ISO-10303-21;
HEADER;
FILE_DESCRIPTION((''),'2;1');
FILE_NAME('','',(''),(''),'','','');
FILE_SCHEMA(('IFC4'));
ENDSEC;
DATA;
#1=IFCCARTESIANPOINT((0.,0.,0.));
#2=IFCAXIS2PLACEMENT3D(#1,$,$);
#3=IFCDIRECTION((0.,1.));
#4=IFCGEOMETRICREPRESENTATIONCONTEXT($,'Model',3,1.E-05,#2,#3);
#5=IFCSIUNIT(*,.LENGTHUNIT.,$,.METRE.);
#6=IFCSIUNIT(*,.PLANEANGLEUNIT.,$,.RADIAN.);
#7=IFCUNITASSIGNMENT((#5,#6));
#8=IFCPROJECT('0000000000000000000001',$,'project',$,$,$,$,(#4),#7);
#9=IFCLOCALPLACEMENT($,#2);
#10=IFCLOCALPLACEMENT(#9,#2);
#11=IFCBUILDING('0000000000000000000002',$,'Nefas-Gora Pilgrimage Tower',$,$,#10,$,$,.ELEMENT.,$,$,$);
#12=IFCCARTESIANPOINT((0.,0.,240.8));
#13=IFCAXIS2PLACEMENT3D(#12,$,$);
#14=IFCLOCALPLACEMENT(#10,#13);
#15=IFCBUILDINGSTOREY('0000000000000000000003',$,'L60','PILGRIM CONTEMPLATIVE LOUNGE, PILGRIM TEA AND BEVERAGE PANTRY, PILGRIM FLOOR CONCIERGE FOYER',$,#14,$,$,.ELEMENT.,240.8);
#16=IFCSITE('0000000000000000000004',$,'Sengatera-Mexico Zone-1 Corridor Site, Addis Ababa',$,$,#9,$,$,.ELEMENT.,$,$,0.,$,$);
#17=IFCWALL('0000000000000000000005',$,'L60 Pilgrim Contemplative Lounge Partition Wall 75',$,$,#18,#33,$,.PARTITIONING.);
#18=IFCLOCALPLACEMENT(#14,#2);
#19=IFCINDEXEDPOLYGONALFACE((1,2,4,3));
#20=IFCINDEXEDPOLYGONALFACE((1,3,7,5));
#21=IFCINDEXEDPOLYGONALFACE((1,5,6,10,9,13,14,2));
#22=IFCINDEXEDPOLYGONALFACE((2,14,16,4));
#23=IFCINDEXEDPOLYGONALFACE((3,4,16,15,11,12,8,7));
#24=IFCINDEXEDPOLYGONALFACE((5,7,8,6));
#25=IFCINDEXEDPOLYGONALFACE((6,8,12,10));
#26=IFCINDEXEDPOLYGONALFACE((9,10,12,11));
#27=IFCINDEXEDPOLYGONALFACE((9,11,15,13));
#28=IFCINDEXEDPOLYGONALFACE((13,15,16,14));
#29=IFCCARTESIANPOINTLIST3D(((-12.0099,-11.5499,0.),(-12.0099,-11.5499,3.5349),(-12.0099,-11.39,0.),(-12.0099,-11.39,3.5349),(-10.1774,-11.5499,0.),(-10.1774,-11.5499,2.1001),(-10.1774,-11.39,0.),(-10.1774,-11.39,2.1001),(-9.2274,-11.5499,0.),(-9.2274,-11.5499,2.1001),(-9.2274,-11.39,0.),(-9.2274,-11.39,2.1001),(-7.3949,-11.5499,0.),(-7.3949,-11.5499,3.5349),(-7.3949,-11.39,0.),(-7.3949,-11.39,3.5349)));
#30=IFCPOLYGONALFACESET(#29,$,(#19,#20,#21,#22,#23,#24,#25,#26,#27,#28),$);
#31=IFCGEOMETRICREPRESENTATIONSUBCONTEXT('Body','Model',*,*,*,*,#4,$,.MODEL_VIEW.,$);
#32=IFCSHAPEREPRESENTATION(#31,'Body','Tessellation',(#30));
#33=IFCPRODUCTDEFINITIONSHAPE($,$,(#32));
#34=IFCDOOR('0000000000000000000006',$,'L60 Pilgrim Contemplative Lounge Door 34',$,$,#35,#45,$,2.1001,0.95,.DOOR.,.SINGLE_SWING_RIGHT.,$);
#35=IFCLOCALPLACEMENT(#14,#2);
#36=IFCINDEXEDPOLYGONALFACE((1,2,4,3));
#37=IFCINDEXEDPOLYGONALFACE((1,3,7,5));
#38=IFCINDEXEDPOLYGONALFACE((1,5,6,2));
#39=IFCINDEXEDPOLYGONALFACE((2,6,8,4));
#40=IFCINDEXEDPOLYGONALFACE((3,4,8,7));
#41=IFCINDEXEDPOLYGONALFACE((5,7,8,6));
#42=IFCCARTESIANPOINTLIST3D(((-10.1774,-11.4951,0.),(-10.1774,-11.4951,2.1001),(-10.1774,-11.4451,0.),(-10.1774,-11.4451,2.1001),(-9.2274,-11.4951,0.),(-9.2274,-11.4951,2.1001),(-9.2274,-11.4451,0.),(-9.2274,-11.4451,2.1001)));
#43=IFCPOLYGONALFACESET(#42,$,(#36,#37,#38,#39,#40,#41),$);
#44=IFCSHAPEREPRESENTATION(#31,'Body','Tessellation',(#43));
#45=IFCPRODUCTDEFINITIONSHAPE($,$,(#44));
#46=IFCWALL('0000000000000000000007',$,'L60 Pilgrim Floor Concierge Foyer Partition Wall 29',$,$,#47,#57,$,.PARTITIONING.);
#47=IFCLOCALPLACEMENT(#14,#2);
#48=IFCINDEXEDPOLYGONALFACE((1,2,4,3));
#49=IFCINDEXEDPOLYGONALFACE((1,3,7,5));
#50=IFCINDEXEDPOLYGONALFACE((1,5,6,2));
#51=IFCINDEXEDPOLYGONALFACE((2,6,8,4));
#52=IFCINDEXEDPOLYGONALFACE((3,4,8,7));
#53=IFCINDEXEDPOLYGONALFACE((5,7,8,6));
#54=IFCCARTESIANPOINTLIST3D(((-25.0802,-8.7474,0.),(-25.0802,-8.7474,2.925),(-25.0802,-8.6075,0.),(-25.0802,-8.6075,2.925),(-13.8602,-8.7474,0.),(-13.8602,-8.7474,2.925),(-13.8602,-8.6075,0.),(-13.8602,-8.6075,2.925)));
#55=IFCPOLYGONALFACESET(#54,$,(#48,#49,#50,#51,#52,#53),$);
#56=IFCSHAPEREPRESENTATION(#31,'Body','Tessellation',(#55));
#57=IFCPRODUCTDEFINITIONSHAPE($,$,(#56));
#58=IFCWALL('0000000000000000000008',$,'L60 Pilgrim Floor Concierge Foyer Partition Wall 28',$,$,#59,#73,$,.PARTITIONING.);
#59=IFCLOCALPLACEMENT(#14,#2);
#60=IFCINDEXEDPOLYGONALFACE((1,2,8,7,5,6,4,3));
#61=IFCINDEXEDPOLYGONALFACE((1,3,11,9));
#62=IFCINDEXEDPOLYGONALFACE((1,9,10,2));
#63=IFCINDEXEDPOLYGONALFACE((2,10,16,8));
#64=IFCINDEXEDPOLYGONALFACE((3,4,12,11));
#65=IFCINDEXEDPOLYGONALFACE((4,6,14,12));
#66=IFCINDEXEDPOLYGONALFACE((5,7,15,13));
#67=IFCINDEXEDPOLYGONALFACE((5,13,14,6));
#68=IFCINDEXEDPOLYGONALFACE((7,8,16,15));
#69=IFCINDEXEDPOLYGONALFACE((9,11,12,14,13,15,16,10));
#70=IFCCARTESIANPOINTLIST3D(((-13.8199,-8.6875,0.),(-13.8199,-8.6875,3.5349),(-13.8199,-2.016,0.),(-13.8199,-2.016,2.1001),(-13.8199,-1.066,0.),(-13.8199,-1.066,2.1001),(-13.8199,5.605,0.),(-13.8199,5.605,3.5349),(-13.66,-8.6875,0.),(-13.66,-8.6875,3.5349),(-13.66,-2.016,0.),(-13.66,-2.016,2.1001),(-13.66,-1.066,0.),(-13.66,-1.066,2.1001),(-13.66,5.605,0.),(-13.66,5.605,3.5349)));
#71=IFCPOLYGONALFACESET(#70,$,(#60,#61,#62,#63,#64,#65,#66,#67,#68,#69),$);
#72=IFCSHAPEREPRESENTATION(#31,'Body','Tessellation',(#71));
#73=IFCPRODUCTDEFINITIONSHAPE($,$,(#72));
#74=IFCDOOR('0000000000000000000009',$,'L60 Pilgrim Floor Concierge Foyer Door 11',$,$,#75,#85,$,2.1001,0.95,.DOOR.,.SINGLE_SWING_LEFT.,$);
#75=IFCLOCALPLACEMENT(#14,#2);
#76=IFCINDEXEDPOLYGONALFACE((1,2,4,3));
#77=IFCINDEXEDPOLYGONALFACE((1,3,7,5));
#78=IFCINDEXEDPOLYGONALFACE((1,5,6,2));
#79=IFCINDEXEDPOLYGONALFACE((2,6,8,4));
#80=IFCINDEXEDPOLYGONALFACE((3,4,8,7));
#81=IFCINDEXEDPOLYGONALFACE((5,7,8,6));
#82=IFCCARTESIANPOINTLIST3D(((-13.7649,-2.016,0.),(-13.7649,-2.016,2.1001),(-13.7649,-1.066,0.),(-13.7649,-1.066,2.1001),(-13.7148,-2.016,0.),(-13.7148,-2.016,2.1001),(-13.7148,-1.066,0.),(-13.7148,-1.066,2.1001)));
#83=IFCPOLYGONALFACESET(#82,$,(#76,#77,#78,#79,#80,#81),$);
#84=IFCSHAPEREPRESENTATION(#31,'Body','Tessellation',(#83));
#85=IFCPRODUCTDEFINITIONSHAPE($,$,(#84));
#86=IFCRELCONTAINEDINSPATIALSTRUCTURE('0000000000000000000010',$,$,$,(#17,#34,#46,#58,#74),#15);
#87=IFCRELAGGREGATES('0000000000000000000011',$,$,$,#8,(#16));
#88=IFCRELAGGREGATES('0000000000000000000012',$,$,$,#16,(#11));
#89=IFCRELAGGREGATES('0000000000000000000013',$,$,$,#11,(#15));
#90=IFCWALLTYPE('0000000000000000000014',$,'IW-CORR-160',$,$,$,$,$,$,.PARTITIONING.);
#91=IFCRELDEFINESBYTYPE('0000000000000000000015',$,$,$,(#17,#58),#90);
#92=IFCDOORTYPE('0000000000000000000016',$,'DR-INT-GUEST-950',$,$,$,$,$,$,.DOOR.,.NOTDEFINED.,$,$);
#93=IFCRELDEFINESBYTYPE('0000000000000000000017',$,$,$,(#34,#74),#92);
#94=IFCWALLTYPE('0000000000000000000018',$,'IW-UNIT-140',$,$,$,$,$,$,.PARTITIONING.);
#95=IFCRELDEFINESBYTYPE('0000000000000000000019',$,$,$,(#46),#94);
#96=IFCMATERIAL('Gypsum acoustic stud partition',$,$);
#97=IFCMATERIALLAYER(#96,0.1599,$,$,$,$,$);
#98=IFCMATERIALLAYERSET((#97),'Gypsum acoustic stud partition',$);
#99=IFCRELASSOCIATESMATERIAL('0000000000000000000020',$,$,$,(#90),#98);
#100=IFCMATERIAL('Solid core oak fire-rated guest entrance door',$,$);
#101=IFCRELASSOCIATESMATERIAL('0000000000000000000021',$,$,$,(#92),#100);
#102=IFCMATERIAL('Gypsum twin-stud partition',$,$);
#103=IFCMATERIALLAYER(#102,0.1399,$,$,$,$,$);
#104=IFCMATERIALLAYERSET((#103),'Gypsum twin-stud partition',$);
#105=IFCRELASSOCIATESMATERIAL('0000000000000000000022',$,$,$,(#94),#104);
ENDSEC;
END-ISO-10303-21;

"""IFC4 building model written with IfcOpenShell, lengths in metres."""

from ifc_helpers import new_model, si_unit, direction, frame, frame_2d, origin, place, context, subcontext, project, spatial, rectangle, extrude, source, transform, mapped, material, layer, layer_set, type_object, element, fill, save


model = new_model("IFC4")

# Units and contexts
model_context = context("Model", 3, precision=1e-05, world=origin(), true_north=direction((0.0, 1.0)))
body_context = subcontext(model_context, "Body", "Model", "MODEL_VIEW")
ifc_project = project(units=[si_unit("LENGTHUNIT", "METRE"), si_unit("PLANEANGLEUNIT", "RADIAN")], contexts=[model_context])

# Site, building, storey
site_placement = place(None, origin())
site = spatial("IfcSite", under=ifc_project, at=site_placement, Name="Sengatera-Mexico Zone-1 Corridor Site, Addis Ababa", CompositionType="ELEMENT", RefElevation=0.0)
building_placement = place(site_placement, origin())
building = spatial("IfcBuilding", under=site, at=building_placement, Name="Nefas-Gora Pilgrimage Tower", CompositionType="ELEMENT")
storey_placement = place(building_placement, frame((0.0, 0.0, 240.8)))
storey = spatial("IfcBuildingStorey", under=building, at=storey_placement, Name="L60", Description="PILGRIM CONTEMPLATIVE LOUNGE, PILGRIM TEA AND BEVERAGE PANTRY, PILGRIM FLOOR CONCIERGE FOYER", CompositionType="ELEMENT", Elevation=240.8)

# Wall, opening, door
ifc_material_1 = material(Name="Gypsum acoustic stud partition")
ifc_layer_1 = layer(ifc_material_1, 0.1599)
ifc_layer_set_1 = layer_set([ifc_layer_1], Name="Gypsum acoustic stud partition")
wall_type_1 = type_object("IfcWallType", Name="IW-CORR-160", PredefinedType="PARTITIONING", material=ifc_layer_set_1)
shared_shape_1 = source(origin(), body_context, "Body", "SweptSolid", [
    extrude(rectangle(XDim=4.615, YDim=0.1599, at=frame_2d((2.3076, 0.0))), origin(), (0.0, 0.0, 1.0), 3.5349),
])
wall_1_placement = place(storey_placement, frame((-12.01, -11.47, 0.0), z_axis=(0.0, 0.0, 1.0), x_axis=(1.0, 0.0, 0.0)))
wall_1 = element("IfcWall", 1, at=wall_1_placement, inside=storey, type_object=wall_type_1, Name="L60 Pilgrim Contemplative Lounge Partition Wall 75", PredefinedType="PARTITIONING", context=body_context, shape_type="MappedRepresentation", body=[
    mapped(shared_shape_1, transform((0.0, 0.0, 0.0), x_axis=(1.0, 0.0, 0.0), y_axis=(0.0, 1.0, 0.0), z_axis=(0.0, 0.0, 1.0), scale=1.0)),
])
opening_1_placement = place(wall_1_placement, frame((1.8325, 0.0, 0.0)))
opening_1 = element("IfcOpeningElement", 2, at=opening_1_placement, cuts=wall_1, PredefinedType="OPENING", context=body_context, shape_type="SweptSolid", body=[
    extrude(rectangle(XDim=0.95, YDim=2.1001, at=frame_2d((0.4751, 1.05))), frame((0.0, 0.0898, 0.0), z_axis=(0.0, -1.0, 0.0), x_axis=(1.0, 0.0, 0.0)), (0.0, 0.0, 1.0), 0.1799),
])
ifc_material_2 = material(Name="Solid core oak fire-rated guest entrance door")
door_type_1 = type_object("IfcDoorType", Name="DR-INT-GUEST-950", OperationType="NOTDEFINED", PredefinedType="DOOR", material=ifc_material_2)
shared_shape_2 = source(origin(), body_context, "Body", "SweptSolid", [
    extrude(rectangle(XDim=0.95, YDim=2.1001, at=frame_2d((0.4751, 1.05))), frame((0.0, 0.0249, 0.0), z_axis=(0.0, -1.0, 0.0), x_axis=(1.0, 0.0, 0.0)), (0.0, 0.0, 1.0), 0.05),
])
door_1_placement = place(opening_1_placement, origin())
door_1 = element("IfcDoor", 3, at=door_1_placement, inside=storey, type_object=door_type_1, Name="L60 Pilgrim Contemplative Lounge Door 34", OperationType="SINGLE_SWING_RIGHT", OverallHeight=2.1001, OverallWidth=0.95, PredefinedType="DOOR", context=body_context, shape_type="MappedRepresentation", body=[
    mapped(shared_shape_2, transform((0.0, 0.0, 0.0), x_axis=(1.0, 0.0, 0.0), y_axis=(0.0, 1.0, 0.0), z_axis=(0.0, 0.0, 1.0), scale=1.0)),
])
fill(opening_1, door_1)

# Wall
ifc_material_3 = material(Name="Gypsum twin-stud partition")
ifc_layer_2 = layer(ifc_material_3, 0.1399)
ifc_layer_set_2 = layer_set([ifc_layer_2], Name="Gypsum twin-stud partition")
wall_type_2 = type_object("IfcWallType", Name="IW-UNIT-140", PredefinedType="PARTITIONING", material=ifc_layer_set_2)
shared_shape_3 = source(origin(), body_context, "Body", "SweptSolid", [
    extrude(rectangle(XDim=11.22, YDim=0.1399, at=frame_2d((5.6099, 0.0))), origin(), (0.0, 0.0, 1.0), 2.925),
])
wall_2_placement = place(storey_placement, frame((-25.0801, -8.6775, 0.0), z_axis=(0.0, 0.0, 1.0), x_axis=(1.0, 0.0, 0.0)))
element("IfcWall", 4, at=wall_2_placement, inside=storey, type_object=wall_type_2, Name="L60 Pilgrim Floor Concierge Foyer Partition Wall 29", PredefinedType="PARTITIONING", context=body_context, shape_type="MappedRepresentation", body=[
    mapped(shared_shape_3, transform((0.0, 0.0, 0.0), x_axis=(1.0, 0.0, 0.0), y_axis=(0.0, 1.0, 0.0), z_axis=(0.0, 0.0, 1.0), scale=1.0)),
])

# Wall, opening, door
shared_shape_4 = source(origin(), body_context, "Body", "SweptSolid", [
    extrude(rectangle(XDim=14.2925, YDim=0.1599, at=frame_2d((7.1462, 0.0))), origin(), (0.0, 0.0, 1.0), 3.5349),
])
wall_3_placement = place(storey_placement, frame((-13.74, -8.6875, 0.0), z_axis=(0.0, 0.0, 1.0), x_axis=(0.0, 1.0, 0.0)))
wall_3 = element("IfcWall", 5, at=wall_3_placement, inside=storey, type_object=wall_type_1, Name="L60 Pilgrim Floor Concierge Foyer Partition Wall 28", PredefinedType="PARTITIONING", context=body_context, shape_type="MappedRepresentation", body=[
    mapped(shared_shape_4, transform((0.0, 0.0, 0.0), x_axis=(1.0, 0.0, 0.0), y_axis=(0.0, 1.0, 0.0), z_axis=(0.0, 0.0, 1.0), scale=1.0)),
])
opening_2_placement = place(wall_3_placement, frame((6.6714, 0.0, 0.0)))
opening_2 = element("IfcOpeningElement", 6, at=opening_2_placement, cuts=wall_3, PredefinedType="OPENING", context=body_context, shape_type="SweptSolid", body=[
    extrude(rectangle(XDim=0.95, YDim=2.1001, at=frame_2d((0.4751, 1.05))), frame((0.0, 0.0898, 0.0), z_axis=(0.0, -1.0, 0.0), x_axis=(1.0, 0.0, 0.0)), (0.0, 0.0, 1.0), 0.1799),
])
door_2_placement = place(opening_2_placement, origin())
door_2 = element("IfcDoor", 7, at=door_2_placement, inside=storey, type_object=door_type_1, Name="L60 Pilgrim Floor Concierge Foyer Door 11", OperationType="SINGLE_SWING_LEFT", OverallHeight=2.1001, OverallWidth=0.95, PredefinedType="DOOR", context=body_context, shape_type="MappedRepresentation", body=[
    mapped(shared_shape_2, transform((0.0, 0.0, 0.0), x_axis=(1.0, 0.0, 0.0), y_axis=(0.0, 1.0, 0.0), z_axis=(0.0, 0.0, 1.0), scale=1.0)),
])
fill(opening_2, door_2)

save(model, "model.ifc")
